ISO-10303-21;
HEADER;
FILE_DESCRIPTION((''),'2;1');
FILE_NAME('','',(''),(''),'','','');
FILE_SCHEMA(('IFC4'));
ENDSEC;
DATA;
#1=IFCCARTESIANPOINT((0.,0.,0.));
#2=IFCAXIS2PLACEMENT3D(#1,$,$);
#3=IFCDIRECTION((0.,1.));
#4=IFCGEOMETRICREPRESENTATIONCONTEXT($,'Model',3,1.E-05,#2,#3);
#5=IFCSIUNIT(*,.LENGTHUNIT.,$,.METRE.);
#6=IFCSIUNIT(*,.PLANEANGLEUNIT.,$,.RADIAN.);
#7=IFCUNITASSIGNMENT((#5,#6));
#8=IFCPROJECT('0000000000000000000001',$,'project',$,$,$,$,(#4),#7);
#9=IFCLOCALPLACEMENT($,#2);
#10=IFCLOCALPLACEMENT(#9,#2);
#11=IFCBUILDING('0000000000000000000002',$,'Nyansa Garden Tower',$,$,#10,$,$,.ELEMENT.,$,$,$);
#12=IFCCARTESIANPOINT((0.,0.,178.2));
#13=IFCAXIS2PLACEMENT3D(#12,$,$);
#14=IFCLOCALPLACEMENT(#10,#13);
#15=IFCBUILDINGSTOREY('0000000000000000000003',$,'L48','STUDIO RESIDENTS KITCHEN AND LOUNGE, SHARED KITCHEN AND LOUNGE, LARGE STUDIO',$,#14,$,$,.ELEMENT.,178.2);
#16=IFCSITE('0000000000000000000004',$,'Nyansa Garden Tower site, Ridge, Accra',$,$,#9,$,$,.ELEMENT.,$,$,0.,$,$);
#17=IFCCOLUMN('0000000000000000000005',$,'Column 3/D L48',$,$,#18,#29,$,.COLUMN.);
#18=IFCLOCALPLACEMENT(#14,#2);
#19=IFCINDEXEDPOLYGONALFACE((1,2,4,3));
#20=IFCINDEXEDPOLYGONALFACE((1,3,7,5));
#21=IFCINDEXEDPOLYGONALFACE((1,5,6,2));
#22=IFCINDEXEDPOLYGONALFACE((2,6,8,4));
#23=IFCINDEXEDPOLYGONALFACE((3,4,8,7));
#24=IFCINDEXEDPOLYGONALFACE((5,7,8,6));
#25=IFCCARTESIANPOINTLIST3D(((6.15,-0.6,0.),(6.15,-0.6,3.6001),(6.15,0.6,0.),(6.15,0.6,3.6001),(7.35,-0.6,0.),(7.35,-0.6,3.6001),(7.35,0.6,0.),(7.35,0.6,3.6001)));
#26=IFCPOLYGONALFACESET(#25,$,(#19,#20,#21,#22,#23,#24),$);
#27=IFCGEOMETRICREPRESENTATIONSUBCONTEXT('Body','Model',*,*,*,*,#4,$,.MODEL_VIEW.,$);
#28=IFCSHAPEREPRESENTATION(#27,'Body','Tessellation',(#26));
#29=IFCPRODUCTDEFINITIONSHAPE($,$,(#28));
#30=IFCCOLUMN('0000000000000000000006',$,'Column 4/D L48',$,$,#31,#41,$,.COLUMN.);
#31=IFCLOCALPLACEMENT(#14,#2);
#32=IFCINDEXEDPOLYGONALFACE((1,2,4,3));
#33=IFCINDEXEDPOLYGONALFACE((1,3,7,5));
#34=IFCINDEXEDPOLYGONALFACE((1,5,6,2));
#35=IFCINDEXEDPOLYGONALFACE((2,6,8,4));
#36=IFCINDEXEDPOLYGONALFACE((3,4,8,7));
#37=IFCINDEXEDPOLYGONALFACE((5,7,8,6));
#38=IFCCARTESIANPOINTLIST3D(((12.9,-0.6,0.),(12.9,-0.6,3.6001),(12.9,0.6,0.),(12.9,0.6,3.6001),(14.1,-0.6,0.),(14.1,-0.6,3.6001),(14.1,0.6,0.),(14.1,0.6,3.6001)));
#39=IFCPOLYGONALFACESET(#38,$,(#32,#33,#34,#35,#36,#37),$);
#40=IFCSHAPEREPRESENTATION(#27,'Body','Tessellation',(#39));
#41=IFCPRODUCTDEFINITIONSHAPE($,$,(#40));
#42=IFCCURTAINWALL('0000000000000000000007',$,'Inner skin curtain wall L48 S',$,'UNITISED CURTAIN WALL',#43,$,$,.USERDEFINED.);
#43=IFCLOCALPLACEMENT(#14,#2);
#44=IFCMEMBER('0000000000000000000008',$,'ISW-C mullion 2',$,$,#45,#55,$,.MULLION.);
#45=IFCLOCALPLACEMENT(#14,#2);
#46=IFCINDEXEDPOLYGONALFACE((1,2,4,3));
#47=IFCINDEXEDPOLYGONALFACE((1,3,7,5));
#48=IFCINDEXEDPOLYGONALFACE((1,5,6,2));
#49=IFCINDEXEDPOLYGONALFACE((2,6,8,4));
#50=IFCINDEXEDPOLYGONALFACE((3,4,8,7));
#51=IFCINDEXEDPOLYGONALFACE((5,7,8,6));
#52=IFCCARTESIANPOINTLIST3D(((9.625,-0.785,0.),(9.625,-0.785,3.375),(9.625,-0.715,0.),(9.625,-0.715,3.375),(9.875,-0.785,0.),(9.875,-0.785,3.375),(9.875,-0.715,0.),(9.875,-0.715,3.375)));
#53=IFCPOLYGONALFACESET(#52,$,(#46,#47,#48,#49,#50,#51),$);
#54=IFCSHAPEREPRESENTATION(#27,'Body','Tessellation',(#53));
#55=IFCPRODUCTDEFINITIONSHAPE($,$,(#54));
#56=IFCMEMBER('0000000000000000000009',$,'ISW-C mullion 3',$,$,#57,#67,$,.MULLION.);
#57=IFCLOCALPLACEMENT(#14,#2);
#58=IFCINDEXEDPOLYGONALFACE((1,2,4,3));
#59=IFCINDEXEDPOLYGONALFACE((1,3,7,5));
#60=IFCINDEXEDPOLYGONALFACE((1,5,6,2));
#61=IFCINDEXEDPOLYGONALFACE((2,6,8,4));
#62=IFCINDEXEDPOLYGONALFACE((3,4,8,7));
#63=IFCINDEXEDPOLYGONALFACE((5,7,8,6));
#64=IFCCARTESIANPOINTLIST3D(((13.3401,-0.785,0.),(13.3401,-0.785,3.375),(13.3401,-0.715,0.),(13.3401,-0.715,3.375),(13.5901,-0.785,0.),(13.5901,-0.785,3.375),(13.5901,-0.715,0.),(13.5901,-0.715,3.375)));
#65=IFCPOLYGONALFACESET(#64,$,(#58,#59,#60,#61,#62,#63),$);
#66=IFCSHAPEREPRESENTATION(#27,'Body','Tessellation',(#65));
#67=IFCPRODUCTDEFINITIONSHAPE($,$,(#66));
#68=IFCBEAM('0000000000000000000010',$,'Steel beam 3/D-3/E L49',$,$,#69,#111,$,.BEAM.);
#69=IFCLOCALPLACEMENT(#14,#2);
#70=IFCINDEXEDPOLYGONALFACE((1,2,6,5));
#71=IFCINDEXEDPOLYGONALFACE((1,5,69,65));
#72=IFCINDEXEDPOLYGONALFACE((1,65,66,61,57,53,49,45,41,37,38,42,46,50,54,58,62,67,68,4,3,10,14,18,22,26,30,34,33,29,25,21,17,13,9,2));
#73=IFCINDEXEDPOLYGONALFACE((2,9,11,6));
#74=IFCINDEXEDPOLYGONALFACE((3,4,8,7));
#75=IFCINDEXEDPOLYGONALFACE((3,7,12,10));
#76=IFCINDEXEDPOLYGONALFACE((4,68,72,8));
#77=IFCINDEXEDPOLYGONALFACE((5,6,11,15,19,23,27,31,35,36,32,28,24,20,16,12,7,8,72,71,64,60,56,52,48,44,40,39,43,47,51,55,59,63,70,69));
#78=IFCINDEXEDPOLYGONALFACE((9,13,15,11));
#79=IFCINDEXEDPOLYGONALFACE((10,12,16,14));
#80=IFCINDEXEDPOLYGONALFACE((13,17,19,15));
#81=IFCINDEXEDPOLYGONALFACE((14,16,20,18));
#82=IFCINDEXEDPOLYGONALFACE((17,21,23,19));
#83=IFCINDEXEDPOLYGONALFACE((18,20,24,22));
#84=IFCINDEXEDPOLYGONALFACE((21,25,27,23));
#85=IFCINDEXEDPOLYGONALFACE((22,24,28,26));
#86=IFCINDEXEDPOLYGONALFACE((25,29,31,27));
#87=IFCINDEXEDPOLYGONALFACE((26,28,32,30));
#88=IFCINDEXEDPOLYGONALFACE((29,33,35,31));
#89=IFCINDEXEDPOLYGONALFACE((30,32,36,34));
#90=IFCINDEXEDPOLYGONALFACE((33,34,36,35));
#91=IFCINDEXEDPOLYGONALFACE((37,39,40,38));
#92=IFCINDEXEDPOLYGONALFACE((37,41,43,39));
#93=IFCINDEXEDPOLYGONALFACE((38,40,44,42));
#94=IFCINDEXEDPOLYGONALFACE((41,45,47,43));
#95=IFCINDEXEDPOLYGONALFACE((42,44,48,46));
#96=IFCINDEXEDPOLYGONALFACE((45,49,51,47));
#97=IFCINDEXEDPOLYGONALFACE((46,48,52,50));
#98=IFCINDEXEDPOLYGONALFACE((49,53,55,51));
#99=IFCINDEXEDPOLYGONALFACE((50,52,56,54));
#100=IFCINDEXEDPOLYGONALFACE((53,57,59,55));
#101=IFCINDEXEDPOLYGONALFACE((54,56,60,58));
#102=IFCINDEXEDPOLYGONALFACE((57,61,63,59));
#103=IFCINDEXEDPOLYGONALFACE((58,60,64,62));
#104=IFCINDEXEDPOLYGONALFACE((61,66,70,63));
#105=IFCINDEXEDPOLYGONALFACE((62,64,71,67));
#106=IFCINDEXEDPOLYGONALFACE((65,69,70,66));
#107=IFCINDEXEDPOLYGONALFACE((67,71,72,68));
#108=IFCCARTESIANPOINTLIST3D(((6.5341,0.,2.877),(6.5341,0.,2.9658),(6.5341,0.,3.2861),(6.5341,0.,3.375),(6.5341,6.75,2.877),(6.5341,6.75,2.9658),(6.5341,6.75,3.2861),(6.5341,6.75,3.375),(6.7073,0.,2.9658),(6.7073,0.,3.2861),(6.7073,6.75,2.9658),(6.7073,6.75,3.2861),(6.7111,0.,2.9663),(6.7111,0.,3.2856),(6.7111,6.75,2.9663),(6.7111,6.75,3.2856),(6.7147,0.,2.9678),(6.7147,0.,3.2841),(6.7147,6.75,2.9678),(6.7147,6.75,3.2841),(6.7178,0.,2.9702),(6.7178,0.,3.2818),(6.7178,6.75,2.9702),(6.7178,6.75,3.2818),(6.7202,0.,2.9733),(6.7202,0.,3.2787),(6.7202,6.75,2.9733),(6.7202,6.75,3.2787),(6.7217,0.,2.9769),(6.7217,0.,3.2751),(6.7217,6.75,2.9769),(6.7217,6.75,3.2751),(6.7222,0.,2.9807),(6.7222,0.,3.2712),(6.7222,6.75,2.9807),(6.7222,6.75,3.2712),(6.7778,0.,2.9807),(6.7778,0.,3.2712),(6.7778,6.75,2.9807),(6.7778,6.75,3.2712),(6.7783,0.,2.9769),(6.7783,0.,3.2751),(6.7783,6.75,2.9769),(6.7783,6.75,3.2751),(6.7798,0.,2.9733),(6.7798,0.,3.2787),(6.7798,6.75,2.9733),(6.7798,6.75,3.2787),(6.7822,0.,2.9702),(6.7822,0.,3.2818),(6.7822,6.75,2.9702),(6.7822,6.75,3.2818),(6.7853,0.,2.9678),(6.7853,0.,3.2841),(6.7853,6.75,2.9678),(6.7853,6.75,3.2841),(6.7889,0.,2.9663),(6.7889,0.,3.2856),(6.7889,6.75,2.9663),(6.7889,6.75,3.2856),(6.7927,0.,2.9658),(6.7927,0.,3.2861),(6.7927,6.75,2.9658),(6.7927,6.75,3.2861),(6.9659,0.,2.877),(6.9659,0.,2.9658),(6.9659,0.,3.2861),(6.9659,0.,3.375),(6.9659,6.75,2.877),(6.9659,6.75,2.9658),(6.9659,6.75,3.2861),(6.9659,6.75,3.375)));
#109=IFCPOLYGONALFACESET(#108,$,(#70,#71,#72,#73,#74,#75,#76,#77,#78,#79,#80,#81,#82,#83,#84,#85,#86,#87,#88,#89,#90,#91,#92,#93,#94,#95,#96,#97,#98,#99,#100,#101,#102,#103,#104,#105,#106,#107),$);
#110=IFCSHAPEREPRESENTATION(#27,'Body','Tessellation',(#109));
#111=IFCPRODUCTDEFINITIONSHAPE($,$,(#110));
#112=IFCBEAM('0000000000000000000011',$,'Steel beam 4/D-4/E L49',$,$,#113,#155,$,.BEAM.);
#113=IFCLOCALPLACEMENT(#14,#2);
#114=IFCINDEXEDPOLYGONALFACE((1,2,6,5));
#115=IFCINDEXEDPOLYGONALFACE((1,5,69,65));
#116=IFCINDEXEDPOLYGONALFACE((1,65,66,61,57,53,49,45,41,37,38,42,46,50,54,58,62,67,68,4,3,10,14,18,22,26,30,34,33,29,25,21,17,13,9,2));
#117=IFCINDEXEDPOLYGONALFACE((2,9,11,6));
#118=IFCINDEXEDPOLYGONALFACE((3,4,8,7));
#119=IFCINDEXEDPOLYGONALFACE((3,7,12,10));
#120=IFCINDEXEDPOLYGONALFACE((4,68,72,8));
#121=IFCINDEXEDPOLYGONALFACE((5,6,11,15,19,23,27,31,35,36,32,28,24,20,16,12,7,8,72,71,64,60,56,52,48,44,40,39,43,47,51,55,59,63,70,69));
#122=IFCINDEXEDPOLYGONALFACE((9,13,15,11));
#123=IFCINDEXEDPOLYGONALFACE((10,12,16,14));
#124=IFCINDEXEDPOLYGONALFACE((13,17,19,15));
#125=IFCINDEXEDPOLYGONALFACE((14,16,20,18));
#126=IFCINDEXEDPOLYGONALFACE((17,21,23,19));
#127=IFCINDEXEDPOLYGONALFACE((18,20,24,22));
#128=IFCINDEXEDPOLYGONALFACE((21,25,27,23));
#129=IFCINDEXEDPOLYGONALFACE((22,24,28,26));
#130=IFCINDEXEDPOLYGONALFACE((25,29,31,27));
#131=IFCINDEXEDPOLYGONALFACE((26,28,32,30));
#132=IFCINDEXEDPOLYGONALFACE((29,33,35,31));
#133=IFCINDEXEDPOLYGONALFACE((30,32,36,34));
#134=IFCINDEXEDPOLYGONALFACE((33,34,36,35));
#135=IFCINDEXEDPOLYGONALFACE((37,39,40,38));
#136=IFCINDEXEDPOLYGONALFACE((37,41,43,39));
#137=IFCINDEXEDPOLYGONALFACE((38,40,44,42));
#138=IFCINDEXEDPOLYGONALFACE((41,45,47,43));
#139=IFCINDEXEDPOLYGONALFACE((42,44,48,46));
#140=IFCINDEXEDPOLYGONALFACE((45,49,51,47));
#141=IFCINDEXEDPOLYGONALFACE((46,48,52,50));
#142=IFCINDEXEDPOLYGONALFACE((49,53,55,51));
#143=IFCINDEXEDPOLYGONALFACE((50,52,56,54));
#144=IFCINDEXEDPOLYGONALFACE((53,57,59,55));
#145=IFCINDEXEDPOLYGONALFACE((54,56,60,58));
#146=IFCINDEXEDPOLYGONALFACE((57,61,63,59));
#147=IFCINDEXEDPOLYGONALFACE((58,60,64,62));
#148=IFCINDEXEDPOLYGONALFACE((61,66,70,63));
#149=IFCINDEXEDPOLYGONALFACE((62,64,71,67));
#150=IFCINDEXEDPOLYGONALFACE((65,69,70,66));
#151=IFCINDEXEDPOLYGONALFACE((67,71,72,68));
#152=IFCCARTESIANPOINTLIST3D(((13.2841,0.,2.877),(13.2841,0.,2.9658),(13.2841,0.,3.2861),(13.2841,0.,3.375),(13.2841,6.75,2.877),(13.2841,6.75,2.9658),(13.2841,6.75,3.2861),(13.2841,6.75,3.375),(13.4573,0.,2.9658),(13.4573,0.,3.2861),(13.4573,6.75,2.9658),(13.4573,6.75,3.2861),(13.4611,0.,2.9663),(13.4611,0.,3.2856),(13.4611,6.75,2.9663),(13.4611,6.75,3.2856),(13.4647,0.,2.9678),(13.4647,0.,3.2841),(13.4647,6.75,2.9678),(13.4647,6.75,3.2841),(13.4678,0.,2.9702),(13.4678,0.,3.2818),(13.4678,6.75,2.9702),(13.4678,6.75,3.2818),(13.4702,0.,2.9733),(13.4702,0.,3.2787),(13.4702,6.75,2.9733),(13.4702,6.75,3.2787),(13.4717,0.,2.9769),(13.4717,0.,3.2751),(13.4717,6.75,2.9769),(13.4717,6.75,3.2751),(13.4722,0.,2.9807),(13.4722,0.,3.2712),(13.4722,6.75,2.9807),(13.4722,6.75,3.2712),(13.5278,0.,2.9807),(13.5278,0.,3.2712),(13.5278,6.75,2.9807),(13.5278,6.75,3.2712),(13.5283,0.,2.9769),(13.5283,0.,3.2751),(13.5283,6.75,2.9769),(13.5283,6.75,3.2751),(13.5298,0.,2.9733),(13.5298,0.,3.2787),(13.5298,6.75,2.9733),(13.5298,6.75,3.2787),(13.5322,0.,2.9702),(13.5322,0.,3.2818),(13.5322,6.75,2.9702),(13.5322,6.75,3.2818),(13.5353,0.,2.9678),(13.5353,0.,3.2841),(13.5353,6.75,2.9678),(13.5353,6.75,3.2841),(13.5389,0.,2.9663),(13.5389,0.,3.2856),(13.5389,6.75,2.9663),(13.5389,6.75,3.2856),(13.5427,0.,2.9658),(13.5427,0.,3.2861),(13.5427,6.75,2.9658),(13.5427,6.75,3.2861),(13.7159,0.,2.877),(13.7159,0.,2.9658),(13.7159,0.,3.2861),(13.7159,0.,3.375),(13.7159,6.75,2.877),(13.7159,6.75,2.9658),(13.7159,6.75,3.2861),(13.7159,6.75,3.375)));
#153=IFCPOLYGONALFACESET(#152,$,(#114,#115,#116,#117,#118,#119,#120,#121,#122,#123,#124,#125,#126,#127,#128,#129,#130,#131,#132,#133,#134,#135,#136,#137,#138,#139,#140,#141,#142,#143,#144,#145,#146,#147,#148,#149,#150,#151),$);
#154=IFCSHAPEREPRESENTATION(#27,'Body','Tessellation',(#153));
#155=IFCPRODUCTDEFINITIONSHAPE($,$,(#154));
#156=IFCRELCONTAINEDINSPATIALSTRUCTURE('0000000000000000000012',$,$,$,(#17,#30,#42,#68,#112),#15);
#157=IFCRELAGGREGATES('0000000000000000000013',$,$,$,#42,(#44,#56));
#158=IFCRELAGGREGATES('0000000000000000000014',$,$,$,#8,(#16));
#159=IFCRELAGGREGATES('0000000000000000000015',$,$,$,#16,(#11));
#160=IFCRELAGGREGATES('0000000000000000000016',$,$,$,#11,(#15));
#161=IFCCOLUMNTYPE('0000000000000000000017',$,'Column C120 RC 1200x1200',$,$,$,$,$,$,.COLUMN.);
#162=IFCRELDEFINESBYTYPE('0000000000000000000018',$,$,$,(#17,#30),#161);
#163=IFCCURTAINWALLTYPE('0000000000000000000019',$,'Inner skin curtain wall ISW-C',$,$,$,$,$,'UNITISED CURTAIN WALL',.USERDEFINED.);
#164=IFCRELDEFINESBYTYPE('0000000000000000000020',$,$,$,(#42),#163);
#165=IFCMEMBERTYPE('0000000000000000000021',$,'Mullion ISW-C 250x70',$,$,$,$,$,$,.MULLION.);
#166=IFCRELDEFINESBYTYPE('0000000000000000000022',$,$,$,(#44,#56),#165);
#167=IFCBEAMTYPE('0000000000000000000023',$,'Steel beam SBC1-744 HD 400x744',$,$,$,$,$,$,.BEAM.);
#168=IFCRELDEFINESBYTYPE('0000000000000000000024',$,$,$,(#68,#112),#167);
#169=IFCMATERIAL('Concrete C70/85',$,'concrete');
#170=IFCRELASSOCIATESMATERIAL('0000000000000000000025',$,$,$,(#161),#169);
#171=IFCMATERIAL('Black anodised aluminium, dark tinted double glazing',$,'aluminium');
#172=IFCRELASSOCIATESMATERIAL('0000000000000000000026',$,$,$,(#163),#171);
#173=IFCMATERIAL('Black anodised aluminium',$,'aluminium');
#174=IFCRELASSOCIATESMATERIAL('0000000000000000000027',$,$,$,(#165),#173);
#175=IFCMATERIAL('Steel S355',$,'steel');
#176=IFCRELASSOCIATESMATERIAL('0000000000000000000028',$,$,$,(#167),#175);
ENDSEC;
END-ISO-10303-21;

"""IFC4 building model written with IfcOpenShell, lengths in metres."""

from ifc_helpers import new_model, si_unit, direction, frame, origin, origin_2d, place, context, subcontext, project, spatial, rectangle, i_section, extrude, material, material_profile, profile_set, type_object, element, aggregate, save


model = new_model("IFC4")

# Units and contexts
model_context = context("Model", 3, precision=1e-05, world=origin(), true_north=direction((0.0, 1.0)))
body_context = subcontext(model_context, "Body", "Model", "MODEL_VIEW")
ifc_project = project(units=[si_unit("LENGTHUNIT", "METRE"), si_unit("PLANEANGLEUNIT", "RADIAN")], contexts=[model_context])

# Site, building, storey
site_placement = place(None, origin())
site = spatial("IfcSite", under=ifc_project, at=site_placement, Name="Nyansa Garden Tower site, Ridge, Accra", CompositionType="ELEMENT", RefElevation=0.0)
building_placement = place(site_placement, origin())
building = spatial("IfcBuilding", under=site, at=building_placement, Name="Nyansa Garden Tower", CompositionType="ELEMENT")
storey_placement = place(building_placement, frame((0.0, 0.0, 178.2)))
storey = spatial("IfcBuildingStorey", under=building, at=storey_placement, Name="L48", Description="STUDIO RESIDENTS KITCHEN AND LOUNGE, SHARED KITCHEN AND LOUNGE, LARGE STUDIO", CompositionType="ELEMENT", Elevation=178.2)

# Columns
ifc_material_1 = material(Name="Concrete C70/85", Category="concrete")
ifc_material_profile_1 = material_profile(ifc_material_1, rectangle(XDim=1.2, YDim=1.2, at=origin_2d()), Name="RC 1200x1200")
ifc_profile_set_1 = profile_set([ifc_material_profile_1], Name="Concrete C70/85")
column_type = type_object("IfcColumnType", Name="Column C120 RC 1200x1200", PredefinedType="COLUMN", material=ifc_profile_set_1)
for number, where, z_axis, x_axis, name in (
    (1, (6.75, 0.0, 0.0), (0.0, 0.0, 1.0), (1.0, 0.0, 0.0), "Column 3/D L48"),
    (2, (13.5, 0.0, 0.0), (0.0, 0.0, 1.0), (1.0, 0.0, 0.0), "Column 4/D L48"),
):
    element("IfcColumn", number, at=place(storey_placement, frame(where, z_axis=z_axis, x_axis=x_axis)), inside=storey, type_object=column_type, Name=name, PredefinedType="COLUMN", context=body_context, shape_type="SweptSolid", body=[
        extrude(rectangle(XDim=1.2, YDim=1.2, at=origin_2d()), origin(), (0.0, 0.0, 1.0), 3.6001),
    ])

# Curtain wall, members
ifc_material_2 = material(Name="Black anodised aluminium, dark tinted double glazing", Category="aluminium")
curtain_wall_type = type_object("IfcCurtainWallType", Name="Inner skin curtain wall ISW-C", ElementType="UNITISED CURTAIN WALL", PredefinedType="USERDEFINED", material=ifc_material_2)
curtain_wall_placement = place(storey_placement, origin())
curtain_wall = element("IfcCurtainWall", 3, at=curtain_wall_placement, inside=storey, type_object=curtain_wall_type, Name="Inner skin curtain wall L48 S", ObjectType="UNITISED CURTAIN WALL", PredefinedType="USERDEFINED")
ifc_material_3 = material(Name="Black anodised aluminium", Category="aluminium")
ifc_material_profile_2 = material_profile(ifc_material_3, rectangle(XDim=0.0701, YDim=0.25, at=origin_2d()), Name="Mullion 250x70")
ifc_profile_set_2 = profile_set([ifc_material_profile_2], Name="Black anodised aluminium")
member_type_1 = type_object("IfcMemberType", Name="Mullion ISW-C 250x70", PredefinedType="MULLION", material=ifc_profile_set_2)
member_1_placement = place(storey_placement, frame((9.75, -0.75, 0.0), z_axis=(0.0, 0.0, 1.0), x_axis=(0.0, 1.0, 0.0)))
member_1 = element("IfcMember", 4, at=member_1_placement, type_object=member_type_1, Name="ISW-C mullion 2", PredefinedType="MULLION", context=body_context, shape_type="SweptSolid", body=[
    extrude(rectangle(XDim=0.0701, YDim=0.25, at=origin_2d()), origin(), (0.0, 0.0, 1.0), 3.375),
])
member_2_placement = place(storey_placement, frame((13.4651, -0.75, 0.0), z_axis=(0.0, 0.0, 1.0), x_axis=(0.0, 1.0, 0.0)))
member_2 = element("IfcMember", 5, at=member_2_placement, type_object=member_type_1, Name="ISW-C mullion 3", PredefinedType="MULLION", context=body_context, shape_type="SweptSolid", body=[
    extrude(rectangle(XDim=0.0701, YDim=0.25, at=origin_2d()), origin(), (0.0, 0.0, 1.0), 3.375),
])

# Beams
ifc_material_4 = material(Name="Steel S355", Category="steel")
ifc_material_profile_3 = material_profile(ifc_material_4, i_section(OverallWidth=0.4319, OverallDepth=0.498, WebThickness=0.0557, FlangeThickness=0.0889, FilletRadius=0.0149, at=origin_2d()), Name="HD 400x744")
ifc_profile_set_3 = profile_set([ifc_material_profile_3], Name="Steel S355")
beam_type_1 = type_object("IfcBeamType", Name="Steel beam SBC1-744 HD 400x744", PredefinedType="BEAM", material=ifc_profile_set_3)
for number, where, z_axis, x_axis, name in (
    (6, (6.75, 0.0, 3.126), (0.0, 1.0, 0.0), (-1.0, 0.0, 0.0), "Steel beam 3/D-3/E L49"),
    (7, (13.5, 0.0, 3.126), (0.0, 1.0, 0.0), (-1.0, 0.0, 0.0), "Steel beam 4/D-4/E L49"),
):
    element("IfcBeam", number, at=place(storey_placement, frame(where, z_axis=z_axis, x_axis=x_axis)), inside=storey, type_object=beam_type_1, Name=name, PredefinedType="BEAM", context=body_context, shape_type="SweptSolid", body=[
        extrude(i_section(OverallWidth=0.4319, OverallDepth=0.498, WebThickness=0.0557, FlangeThickness=0.0889, FilletRadius=0.0149, at=origin_2d()), origin(), (0.0, 0.0, 1.0), 6.75),
    ])

aggregate(curtain_wall, [member_1, member_2])

save(model, "model.ifc")
